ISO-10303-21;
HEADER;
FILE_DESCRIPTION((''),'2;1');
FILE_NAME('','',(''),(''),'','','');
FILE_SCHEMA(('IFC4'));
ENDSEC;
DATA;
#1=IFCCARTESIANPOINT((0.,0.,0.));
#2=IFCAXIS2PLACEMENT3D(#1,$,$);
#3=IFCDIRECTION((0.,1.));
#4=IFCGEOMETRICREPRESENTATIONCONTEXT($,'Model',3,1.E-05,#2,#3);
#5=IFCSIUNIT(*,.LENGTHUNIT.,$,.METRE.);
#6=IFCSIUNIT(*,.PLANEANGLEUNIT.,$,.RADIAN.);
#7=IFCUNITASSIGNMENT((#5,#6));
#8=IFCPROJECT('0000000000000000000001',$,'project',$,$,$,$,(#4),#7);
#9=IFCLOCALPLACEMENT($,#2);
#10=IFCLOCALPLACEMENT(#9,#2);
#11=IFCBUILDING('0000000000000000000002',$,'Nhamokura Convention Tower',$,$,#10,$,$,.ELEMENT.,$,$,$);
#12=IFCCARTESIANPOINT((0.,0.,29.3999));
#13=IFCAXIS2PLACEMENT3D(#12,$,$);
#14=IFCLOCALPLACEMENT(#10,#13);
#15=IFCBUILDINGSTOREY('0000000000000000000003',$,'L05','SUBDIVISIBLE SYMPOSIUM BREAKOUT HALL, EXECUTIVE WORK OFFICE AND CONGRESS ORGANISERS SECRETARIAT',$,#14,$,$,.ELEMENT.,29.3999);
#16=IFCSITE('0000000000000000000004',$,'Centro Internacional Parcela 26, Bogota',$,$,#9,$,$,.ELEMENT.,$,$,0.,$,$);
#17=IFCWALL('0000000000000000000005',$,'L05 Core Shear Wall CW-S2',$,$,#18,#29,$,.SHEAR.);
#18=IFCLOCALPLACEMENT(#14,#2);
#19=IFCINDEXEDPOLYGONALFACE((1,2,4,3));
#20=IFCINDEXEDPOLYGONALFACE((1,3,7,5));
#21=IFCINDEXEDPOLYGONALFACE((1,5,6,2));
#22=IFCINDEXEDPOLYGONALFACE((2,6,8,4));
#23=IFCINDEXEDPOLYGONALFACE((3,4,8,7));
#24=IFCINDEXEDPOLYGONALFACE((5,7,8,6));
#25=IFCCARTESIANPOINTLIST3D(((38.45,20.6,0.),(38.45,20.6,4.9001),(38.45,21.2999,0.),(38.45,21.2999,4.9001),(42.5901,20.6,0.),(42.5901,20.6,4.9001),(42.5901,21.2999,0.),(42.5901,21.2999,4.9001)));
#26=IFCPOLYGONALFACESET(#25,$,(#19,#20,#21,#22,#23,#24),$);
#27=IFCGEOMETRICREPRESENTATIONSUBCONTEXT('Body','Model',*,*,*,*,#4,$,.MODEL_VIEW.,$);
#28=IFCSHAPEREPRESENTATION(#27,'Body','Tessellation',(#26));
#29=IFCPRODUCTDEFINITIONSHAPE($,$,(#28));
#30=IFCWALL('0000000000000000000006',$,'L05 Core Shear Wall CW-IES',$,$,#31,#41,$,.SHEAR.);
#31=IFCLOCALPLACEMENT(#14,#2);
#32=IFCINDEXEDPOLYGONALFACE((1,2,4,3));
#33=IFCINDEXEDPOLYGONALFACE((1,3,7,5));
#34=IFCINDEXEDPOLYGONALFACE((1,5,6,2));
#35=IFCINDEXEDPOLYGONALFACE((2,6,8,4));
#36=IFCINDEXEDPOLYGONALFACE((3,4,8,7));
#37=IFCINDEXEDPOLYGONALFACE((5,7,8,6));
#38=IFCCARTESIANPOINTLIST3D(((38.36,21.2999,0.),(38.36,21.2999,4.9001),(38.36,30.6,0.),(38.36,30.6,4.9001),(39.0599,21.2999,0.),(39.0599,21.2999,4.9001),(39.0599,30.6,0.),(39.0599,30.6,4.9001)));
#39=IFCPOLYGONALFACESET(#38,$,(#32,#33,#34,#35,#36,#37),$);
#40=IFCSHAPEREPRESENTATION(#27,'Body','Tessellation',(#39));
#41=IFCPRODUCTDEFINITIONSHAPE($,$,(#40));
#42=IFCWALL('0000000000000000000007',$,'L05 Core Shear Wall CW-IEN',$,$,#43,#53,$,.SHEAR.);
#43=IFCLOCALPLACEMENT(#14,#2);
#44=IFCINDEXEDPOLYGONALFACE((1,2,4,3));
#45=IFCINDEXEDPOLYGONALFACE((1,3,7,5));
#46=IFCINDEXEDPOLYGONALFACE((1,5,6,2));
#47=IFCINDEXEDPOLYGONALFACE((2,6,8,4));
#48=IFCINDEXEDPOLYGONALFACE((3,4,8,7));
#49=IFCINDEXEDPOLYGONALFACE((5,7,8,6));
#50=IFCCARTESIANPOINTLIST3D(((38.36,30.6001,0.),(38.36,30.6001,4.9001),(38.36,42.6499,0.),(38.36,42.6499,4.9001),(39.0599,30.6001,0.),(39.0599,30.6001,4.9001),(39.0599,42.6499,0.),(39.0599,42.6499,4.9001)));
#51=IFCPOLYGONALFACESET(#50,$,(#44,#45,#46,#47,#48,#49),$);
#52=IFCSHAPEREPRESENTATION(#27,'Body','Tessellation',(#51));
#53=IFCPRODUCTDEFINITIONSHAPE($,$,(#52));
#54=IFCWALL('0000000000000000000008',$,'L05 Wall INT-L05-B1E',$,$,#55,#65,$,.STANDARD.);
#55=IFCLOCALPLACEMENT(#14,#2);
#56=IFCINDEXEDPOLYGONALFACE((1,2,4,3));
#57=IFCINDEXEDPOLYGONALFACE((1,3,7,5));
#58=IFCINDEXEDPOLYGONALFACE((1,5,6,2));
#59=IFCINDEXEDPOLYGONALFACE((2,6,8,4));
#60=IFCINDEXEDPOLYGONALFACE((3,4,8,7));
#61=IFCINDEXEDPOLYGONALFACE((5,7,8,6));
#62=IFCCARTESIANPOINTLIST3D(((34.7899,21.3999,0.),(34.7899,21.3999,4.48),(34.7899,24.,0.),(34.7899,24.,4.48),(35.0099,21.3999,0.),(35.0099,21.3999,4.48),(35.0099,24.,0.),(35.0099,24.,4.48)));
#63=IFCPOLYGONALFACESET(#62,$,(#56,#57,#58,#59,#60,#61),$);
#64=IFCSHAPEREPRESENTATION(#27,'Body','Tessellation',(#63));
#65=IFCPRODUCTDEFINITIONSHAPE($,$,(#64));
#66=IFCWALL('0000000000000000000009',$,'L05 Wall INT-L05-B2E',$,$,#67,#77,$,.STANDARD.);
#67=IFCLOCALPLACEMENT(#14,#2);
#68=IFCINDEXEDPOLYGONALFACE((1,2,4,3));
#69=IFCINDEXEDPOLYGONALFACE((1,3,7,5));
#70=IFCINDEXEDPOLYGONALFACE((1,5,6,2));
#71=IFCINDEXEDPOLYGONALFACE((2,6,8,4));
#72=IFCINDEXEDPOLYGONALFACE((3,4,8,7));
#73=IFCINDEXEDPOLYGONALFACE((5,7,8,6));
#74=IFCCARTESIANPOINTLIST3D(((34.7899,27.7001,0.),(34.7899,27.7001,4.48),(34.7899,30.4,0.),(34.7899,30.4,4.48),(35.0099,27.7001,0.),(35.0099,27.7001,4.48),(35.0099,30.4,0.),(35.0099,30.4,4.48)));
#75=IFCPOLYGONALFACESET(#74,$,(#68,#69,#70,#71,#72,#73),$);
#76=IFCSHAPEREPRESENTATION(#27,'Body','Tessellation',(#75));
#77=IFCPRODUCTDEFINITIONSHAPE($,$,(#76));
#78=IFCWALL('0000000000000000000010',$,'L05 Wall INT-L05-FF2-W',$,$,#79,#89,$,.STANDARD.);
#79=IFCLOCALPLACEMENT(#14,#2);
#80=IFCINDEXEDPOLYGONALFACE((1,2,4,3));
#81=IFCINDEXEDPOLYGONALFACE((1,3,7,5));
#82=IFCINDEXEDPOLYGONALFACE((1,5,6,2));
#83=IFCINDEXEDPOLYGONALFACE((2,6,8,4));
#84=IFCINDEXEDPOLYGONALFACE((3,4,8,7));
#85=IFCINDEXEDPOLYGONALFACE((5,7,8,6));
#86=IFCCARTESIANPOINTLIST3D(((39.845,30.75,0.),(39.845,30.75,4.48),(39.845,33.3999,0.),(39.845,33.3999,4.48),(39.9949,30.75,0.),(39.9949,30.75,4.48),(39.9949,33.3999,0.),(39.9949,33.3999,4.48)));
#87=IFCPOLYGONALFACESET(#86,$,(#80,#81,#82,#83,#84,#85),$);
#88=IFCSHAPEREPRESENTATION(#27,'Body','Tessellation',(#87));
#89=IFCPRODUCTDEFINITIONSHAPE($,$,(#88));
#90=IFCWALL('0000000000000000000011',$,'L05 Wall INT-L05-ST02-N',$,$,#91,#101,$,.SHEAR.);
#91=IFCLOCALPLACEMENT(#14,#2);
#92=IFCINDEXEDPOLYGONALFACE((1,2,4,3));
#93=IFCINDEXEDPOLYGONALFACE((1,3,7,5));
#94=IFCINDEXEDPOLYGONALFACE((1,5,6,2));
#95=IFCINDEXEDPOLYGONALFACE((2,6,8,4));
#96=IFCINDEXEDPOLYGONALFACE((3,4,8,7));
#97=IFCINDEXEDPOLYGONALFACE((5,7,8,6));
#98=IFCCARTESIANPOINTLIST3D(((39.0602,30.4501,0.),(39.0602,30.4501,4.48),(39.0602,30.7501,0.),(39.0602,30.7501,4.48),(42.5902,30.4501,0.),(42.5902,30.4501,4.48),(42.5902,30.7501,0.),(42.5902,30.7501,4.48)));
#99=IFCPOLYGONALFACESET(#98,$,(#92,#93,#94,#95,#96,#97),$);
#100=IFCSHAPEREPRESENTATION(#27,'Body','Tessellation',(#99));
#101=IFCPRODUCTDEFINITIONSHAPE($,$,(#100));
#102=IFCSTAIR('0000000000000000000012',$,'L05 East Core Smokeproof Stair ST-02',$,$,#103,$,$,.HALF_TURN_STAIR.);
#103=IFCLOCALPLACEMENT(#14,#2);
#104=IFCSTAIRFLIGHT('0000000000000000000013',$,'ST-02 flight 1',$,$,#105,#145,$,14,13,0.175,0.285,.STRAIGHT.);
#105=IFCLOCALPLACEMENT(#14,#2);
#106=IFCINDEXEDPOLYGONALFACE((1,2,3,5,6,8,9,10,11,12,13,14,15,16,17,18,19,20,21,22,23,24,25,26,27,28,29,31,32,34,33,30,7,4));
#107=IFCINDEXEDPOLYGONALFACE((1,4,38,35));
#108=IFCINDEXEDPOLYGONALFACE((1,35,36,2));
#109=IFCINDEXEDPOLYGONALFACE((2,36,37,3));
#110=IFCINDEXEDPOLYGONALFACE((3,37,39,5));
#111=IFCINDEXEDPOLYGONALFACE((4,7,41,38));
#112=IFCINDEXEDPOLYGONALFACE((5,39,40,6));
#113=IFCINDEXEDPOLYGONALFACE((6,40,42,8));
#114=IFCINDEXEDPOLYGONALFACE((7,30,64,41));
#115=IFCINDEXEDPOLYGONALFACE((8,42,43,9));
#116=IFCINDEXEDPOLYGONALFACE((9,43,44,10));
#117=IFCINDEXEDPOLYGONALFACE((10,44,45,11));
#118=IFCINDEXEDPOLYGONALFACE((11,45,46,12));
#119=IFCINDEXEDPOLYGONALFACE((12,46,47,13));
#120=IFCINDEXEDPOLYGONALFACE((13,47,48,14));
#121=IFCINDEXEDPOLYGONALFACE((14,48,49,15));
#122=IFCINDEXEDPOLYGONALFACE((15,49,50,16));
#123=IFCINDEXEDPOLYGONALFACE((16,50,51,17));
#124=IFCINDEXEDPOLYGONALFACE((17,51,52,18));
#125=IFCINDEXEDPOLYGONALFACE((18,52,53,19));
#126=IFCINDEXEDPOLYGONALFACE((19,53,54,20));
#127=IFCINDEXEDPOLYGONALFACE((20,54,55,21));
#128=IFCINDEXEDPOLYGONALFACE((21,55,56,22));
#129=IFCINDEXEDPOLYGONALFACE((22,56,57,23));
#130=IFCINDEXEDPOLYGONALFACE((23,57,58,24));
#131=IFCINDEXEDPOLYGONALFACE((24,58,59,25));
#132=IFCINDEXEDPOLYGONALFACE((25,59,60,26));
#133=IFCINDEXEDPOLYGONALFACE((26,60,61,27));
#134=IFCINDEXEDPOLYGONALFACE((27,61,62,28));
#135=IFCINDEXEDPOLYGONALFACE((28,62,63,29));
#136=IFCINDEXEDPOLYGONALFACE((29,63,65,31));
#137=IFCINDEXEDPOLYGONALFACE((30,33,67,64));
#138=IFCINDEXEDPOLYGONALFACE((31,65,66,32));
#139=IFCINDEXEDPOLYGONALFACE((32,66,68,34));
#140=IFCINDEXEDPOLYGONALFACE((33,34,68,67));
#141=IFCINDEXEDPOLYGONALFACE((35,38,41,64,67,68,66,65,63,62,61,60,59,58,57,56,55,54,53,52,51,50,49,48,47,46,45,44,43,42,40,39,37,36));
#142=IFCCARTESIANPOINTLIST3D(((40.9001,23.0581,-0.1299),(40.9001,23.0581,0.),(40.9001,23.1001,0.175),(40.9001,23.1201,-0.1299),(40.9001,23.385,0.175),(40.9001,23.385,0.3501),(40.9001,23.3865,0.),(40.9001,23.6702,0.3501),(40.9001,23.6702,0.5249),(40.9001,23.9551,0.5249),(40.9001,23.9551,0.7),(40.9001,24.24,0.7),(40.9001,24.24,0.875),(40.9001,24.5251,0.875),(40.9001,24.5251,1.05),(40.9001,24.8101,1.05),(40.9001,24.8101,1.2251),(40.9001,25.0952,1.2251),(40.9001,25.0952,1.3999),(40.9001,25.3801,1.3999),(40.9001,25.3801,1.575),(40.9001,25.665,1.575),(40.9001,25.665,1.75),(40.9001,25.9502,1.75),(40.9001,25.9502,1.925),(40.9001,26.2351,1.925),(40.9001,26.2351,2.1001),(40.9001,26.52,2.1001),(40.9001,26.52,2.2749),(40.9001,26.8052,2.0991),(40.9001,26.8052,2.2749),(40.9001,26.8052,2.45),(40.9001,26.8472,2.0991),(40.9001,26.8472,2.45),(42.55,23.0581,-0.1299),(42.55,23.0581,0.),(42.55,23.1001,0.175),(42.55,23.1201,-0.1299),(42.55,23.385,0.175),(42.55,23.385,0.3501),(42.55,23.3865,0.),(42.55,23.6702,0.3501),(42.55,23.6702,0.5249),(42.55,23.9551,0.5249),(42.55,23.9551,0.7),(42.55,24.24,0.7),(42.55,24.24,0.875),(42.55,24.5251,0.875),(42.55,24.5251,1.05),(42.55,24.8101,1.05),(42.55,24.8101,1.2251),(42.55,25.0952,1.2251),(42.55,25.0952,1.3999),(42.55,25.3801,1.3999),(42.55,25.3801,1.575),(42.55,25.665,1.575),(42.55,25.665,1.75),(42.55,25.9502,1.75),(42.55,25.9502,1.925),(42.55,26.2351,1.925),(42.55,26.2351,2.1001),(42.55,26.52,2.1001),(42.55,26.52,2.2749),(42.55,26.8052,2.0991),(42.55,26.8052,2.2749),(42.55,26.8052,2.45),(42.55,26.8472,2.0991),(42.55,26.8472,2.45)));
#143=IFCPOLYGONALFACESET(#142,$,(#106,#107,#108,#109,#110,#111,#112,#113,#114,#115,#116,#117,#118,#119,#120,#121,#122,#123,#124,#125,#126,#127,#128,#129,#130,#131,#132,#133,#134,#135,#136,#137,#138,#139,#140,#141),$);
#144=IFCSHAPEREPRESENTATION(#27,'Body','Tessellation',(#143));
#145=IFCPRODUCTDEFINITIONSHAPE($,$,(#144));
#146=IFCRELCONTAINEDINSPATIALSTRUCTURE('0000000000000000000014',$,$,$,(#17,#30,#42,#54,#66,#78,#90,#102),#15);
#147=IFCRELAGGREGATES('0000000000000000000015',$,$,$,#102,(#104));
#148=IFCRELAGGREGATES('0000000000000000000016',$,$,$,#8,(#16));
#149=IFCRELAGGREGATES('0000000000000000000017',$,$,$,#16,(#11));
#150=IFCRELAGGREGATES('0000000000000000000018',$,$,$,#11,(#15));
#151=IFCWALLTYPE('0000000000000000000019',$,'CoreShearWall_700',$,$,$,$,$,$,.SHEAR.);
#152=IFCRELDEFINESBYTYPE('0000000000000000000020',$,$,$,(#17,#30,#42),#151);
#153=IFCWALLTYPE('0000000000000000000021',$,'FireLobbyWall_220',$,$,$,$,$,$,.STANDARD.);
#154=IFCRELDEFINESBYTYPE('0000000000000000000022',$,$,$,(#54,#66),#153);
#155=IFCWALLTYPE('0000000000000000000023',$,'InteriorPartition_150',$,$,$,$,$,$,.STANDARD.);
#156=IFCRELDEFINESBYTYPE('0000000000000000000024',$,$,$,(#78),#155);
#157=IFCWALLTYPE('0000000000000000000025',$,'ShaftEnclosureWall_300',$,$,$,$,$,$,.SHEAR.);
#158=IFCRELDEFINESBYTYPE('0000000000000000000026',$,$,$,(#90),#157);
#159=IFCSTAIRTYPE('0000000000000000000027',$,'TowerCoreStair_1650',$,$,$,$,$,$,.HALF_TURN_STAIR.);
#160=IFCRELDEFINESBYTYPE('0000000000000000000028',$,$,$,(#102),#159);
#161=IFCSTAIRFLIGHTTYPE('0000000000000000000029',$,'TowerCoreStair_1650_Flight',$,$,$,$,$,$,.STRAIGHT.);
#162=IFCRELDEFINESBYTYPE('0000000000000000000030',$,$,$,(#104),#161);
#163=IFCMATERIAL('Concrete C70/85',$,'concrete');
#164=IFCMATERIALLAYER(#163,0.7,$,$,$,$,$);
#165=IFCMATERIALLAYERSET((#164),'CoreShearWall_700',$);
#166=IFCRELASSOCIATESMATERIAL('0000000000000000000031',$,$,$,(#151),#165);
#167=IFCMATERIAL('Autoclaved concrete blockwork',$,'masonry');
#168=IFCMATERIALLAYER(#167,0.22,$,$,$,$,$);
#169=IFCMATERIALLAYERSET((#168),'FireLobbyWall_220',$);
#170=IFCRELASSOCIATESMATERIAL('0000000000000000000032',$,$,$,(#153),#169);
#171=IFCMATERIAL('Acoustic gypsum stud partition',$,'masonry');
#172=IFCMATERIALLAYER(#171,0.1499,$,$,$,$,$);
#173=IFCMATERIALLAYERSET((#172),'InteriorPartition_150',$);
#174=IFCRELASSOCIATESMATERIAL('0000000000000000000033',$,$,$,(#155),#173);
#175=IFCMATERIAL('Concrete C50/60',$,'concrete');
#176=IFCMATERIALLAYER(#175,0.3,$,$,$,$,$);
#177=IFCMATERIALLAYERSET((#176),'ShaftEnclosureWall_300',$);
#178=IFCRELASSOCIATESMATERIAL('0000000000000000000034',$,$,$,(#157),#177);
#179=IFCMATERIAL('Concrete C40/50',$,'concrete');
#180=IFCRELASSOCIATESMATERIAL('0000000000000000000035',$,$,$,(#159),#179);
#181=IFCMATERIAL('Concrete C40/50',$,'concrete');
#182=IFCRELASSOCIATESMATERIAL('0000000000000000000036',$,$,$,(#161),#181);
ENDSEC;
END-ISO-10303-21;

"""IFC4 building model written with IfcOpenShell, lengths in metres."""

from ifc_helpers import new_model, si_unit, direction, frame, frame_2d, origin, place, context, subcontext, project, spatial, polyline, rectangle, outline, extrude, material, layer, layer_set, type_object, element, aggregate, save


model = new_model("IFC4")

# Units and contexts
model_context = context("Model", 3, precision=1e-05, world=origin(), true_north=direction((0.0, 1.0)))
body_context = subcontext(model_context, "Body", "Model", "MODEL_VIEW")
ifc_project = project(units=[si_unit("LENGTHUNIT", "METRE"), si_unit("PLANEANGLEUNIT", "RADIAN")], contexts=[model_context])

# Site, building, storey
site_placement = place(None, origin())
site = spatial("IfcSite", under=ifc_project, at=site_placement, Name="Centro Internacional Parcela 26, Bogota", CompositionType="ELEMENT", RefElevation=0.0)
building_placement = place(site_placement, origin())
building = spatial("IfcBuilding", under=site, at=building_placement, Name="Nhamokura Convention Tower", CompositionType="ELEMENT")
storey_placement = place(building_placement, frame((0.0, 0.0, 29.3999)))
storey = spatial("IfcBuildingStorey", under=building, at=storey_placement, Name="L05", Description="SUBDIVISIBLE SYMPOSIUM BREAKOUT HALL, EXECUTIVE WORK OFFICE AND CONGRESS ORGANISERS SECRETARIAT", CompositionType="ELEMENT", Elevation=29.3999)

# Shared definitions
ifc_material_1 = material(Name="Concrete C70/85", Category="concrete")
ifc_layer_1 = layer(ifc_material_1, 0.7)
ifc_layer_set_1 = layer_set([ifc_layer_1], Name="CoreShearWall_700")
wall_type_1 = type_object("IfcWallType", Name="CoreShearWall_700", PredefinedType="SHEAR", material=ifc_layer_set_1)

# Walls
wall_1_placement = place(storey_placement, frame((38.45, 20.95, 0.0), z_axis=(0.0, 0.0, 1.0), x_axis=(1.0, 0.0, 0.0)))
element("IfcWall", 1, at=wall_1_placement, inside=storey, type_object=wall_type_1, Name="L05 Core Shear Wall CW-S2", PredefinedType="SHEAR", context=body_context, shape_type="SweptSolid", body=[
    extrude(rectangle(XDim=4.1401, YDim=0.7, at=frame_2d((2.0701, 0.0))), origin(), (0.0, 0.0, 1.0), 4.9001),
])
wall_2_placement = place(storey_placement, frame((38.71, 21.3, 0.0), z_axis=(0.0, 0.0, 1.0), x_axis=(0.0, 1.0, 0.0)))
element("IfcWall", 2, at=wall_2_placement, inside=storey, type_object=wall_type_1, Name="L05 Core Shear Wall CW-IES", PredefinedType="SHEAR", context=body_context, shape_type="SweptSolid", body=[
    extrude(rectangle(XDim=9.3, YDim=0.7, at=frame_2d((4.6499, 0.0))), origin(), (0.0, 0.0, 1.0), 4.9001),
])
wall_3_placement = place(storey_placement, frame((38.71, 30.6001, 0.0), z_axis=(0.0, 0.0, 1.0), x_axis=(0.0, 1.0, 0.0)))
element("IfcWall", 3, at=wall_3_placement, inside=storey, type_object=wall_type_1, Name="L05 Core Shear Wall CW-IEN", PredefinedType="SHEAR", context=body_context, shape_type="SweptSolid", body=[
    extrude(rectangle(XDim=12.0498, YDim=0.7, at=frame_2d((6.0249, 0.0))), origin(), (0.0, 0.0, 1.0), 4.9001),
])

# Shared definitions
ifc_material_2 = material(Name="Autoclaved concrete blockwork", Category="masonry")
ifc_layer_2 = layer(ifc_material_2, 0.22)
ifc_layer_set_2 = layer_set([ifc_layer_2], Name="FireLobbyWall_220")
wall_type_2 = type_object("IfcWallType", Name="FireLobbyWall_220", PredefinedType="STANDARD", material=ifc_layer_set_2)

# Walls
wall_4_placement = place(storey_placement, frame((34.8999, 21.3999, 0.0), z_axis=(0.0, 0.0, 1.0), x_axis=(0.0, 1.0, 0.0)))
element("IfcWall", 4, at=wall_4_placement, inside=storey, type_object=wall_type_2, Name="L05 Wall INT-L05-B1E", PredefinedType="STANDARD", context=body_context, shape_type="SweptSolid", body=[
    extrude(rectangle(XDim=2.6001, YDim=0.22, at=frame_2d((1.3, 0.0))), origin(), (0.0, 0.0, 1.0), 4.48),
])
wall_5_placement = place(storey_placement, frame((34.8999, 27.7, 0.0), z_axis=(0.0, 0.0, 1.0), x_axis=(0.0, 1.0, 0.0)))
element("IfcWall", 5, at=wall_5_placement, inside=storey, type_object=wall_type_2, Name="L05 Wall INT-L05-B2E", PredefinedType="STANDARD", context=body_context, shape_type="SweptSolid", body=[
    extrude(rectangle(XDim=2.7, YDim=0.22, at=frame_2d((1.3501, 0.0))), origin(), (0.0, 0.0, 1.0), 4.48),
])
ifc_material_3 = material(Name="Acoustic gypsum stud partition", Category="masonry")
ifc_layer_3 = layer(ifc_material_3, 0.1499)
ifc_layer_set_3 = layer_set([ifc_layer_3], Name="InteriorPartition_150")
wall_type_3 = type_object("IfcWallType", Name="InteriorPartition_150", PredefinedType="STANDARD", material=ifc_layer_set_3)
wall_6_placement = place(storey_placement, frame((39.9199, 30.75, 0.0), z_axis=(0.0, 0.0, 1.0), x_axis=(0.0, 1.0, 0.0)))
element("IfcWall", 6, at=wall_6_placement, inside=storey, type_object=wall_type_3, Name="L05 Wall INT-L05-FF2-W", PredefinedType="STANDARD", context=body_context, shape_type="SweptSolid", body=[
    extrude(rectangle(XDim=2.6499, YDim=0.1499, at=frame_2d((1.325, 0.0))), origin(), (0.0, 0.0, 1.0), 4.48),
])
ifc_material_4 = material(Name="Concrete C50/60", Category="concrete")
ifc_layer_4 = layer(ifc_material_4, 0.3)
ifc_layer_set_4 = layer_set([ifc_layer_4], Name="ShaftEnclosureWall_300")
wall_type_4 = type_object("IfcWallType", Name="ShaftEnclosureWall_300", PredefinedType="SHEAR", material=ifc_layer_set_4)
wall_7_placement = place(storey_placement, frame((39.0601, 30.6001, 0.0), z_axis=(0.0, 0.0, 1.0), x_axis=(1.0, 0.0, 0.0)))
element("IfcWall", 7, at=wall_7_placement, inside=storey, type_object=wall_type_4, Name="L05 Wall INT-L05-ST02-N", PredefinedType="SHEAR", context=body_context, shape_type="SweptSolid", body=[
    extrude(rectangle(XDim=3.53, YDim=0.3, at=frame_2d((1.7651, 0.0))), origin(), (0.0, 0.0, 1.0), 4.48),
])

# Stair, stair flight
ifc_material_5 = material(Name="Concrete C40/50", Category="concrete")
stair_type = type_object("IfcStairType", Name="TowerCoreStair_1650", PredefinedType="HALF_TURN_STAIR", material=ifc_material_5)
stair_placement = place(storey_placement, origin())
stair = element("IfcStair", 8, at=stair_placement, inside=storey, type_object=stair_type, Name="L05 East Core Smokeproof Stair ST-02", PredefinedType="HALF_TURN_STAIR")
ifc_material_6 = material(Name="Concrete C40/50", Category="concrete")
stair_flight_type = type_object("IfcStairFlightType", Name="TowerCoreStair_1650_Flight", PredefinedType="STRAIGHT", material=ifc_material_6)
stair_flight_1_placement = place(storey_placement, frame((41.7251, 23.1001, 0.0), z_axis=(0.0, 0.0, 1.0), x_axis=(0.0, 1.0, 0.0)))
stair_flight_1 = element("IfcStairFlight", 9, at=stair_flight_1_placement, type_object=stair_flight_type, Name="ST-02 flight 1", NumberOfRisers=14, NumberOfTreads=13, PredefinedType="STRAIGHT", RiserHeight=0.175, TreadLength=0.285, context=body_context, shape_type="SweptSolid", body=[
    extrude(outline(polyline([(-0.042, 0.0), (0.0, 0.175), (0.2849, 0.175), (0.2849, 0.3501), (0.5701, 0.3501), (0.5701, 0.5249), (0.855, 0.5249), (0.855, 0.7), (1.1399, 0.7), (1.1399, 0.875), (1.425, 0.875), (1.425, 1.05), (1.71, 1.05), (1.71, 1.2251), (1.9951, 1.2251), (1.9951, 1.3999), (2.28, 1.3999), (2.28, 1.575), (2.5649, 1.575), (2.5649, 1.75), (2.8501, 1.75), (2.8501, 1.925), (3.135, 1.925), (3.135, 2.1001), (3.4199, 2.1001), (3.4199, 2.2749), (3.7051, 2.2749), (3.7051, 2.45), (3.7471, 2.45), (3.7471, 2.0991), (3.7051, 2.0991), (0.2864, 0.0), (0.02, -0.1299), (-0.042, -0.1299), (-0.042, 0.0)])), frame((0.0, 0.825, 0.0), z_axis=(0.0, -1.0, 0.0), x_axis=(1.0, 0.0, 0.0)), (0.0, 0.0, 1.0), 1.6499),
])
aggregate(stair, [stair_flight_1])

save(model, "model.ifc")
